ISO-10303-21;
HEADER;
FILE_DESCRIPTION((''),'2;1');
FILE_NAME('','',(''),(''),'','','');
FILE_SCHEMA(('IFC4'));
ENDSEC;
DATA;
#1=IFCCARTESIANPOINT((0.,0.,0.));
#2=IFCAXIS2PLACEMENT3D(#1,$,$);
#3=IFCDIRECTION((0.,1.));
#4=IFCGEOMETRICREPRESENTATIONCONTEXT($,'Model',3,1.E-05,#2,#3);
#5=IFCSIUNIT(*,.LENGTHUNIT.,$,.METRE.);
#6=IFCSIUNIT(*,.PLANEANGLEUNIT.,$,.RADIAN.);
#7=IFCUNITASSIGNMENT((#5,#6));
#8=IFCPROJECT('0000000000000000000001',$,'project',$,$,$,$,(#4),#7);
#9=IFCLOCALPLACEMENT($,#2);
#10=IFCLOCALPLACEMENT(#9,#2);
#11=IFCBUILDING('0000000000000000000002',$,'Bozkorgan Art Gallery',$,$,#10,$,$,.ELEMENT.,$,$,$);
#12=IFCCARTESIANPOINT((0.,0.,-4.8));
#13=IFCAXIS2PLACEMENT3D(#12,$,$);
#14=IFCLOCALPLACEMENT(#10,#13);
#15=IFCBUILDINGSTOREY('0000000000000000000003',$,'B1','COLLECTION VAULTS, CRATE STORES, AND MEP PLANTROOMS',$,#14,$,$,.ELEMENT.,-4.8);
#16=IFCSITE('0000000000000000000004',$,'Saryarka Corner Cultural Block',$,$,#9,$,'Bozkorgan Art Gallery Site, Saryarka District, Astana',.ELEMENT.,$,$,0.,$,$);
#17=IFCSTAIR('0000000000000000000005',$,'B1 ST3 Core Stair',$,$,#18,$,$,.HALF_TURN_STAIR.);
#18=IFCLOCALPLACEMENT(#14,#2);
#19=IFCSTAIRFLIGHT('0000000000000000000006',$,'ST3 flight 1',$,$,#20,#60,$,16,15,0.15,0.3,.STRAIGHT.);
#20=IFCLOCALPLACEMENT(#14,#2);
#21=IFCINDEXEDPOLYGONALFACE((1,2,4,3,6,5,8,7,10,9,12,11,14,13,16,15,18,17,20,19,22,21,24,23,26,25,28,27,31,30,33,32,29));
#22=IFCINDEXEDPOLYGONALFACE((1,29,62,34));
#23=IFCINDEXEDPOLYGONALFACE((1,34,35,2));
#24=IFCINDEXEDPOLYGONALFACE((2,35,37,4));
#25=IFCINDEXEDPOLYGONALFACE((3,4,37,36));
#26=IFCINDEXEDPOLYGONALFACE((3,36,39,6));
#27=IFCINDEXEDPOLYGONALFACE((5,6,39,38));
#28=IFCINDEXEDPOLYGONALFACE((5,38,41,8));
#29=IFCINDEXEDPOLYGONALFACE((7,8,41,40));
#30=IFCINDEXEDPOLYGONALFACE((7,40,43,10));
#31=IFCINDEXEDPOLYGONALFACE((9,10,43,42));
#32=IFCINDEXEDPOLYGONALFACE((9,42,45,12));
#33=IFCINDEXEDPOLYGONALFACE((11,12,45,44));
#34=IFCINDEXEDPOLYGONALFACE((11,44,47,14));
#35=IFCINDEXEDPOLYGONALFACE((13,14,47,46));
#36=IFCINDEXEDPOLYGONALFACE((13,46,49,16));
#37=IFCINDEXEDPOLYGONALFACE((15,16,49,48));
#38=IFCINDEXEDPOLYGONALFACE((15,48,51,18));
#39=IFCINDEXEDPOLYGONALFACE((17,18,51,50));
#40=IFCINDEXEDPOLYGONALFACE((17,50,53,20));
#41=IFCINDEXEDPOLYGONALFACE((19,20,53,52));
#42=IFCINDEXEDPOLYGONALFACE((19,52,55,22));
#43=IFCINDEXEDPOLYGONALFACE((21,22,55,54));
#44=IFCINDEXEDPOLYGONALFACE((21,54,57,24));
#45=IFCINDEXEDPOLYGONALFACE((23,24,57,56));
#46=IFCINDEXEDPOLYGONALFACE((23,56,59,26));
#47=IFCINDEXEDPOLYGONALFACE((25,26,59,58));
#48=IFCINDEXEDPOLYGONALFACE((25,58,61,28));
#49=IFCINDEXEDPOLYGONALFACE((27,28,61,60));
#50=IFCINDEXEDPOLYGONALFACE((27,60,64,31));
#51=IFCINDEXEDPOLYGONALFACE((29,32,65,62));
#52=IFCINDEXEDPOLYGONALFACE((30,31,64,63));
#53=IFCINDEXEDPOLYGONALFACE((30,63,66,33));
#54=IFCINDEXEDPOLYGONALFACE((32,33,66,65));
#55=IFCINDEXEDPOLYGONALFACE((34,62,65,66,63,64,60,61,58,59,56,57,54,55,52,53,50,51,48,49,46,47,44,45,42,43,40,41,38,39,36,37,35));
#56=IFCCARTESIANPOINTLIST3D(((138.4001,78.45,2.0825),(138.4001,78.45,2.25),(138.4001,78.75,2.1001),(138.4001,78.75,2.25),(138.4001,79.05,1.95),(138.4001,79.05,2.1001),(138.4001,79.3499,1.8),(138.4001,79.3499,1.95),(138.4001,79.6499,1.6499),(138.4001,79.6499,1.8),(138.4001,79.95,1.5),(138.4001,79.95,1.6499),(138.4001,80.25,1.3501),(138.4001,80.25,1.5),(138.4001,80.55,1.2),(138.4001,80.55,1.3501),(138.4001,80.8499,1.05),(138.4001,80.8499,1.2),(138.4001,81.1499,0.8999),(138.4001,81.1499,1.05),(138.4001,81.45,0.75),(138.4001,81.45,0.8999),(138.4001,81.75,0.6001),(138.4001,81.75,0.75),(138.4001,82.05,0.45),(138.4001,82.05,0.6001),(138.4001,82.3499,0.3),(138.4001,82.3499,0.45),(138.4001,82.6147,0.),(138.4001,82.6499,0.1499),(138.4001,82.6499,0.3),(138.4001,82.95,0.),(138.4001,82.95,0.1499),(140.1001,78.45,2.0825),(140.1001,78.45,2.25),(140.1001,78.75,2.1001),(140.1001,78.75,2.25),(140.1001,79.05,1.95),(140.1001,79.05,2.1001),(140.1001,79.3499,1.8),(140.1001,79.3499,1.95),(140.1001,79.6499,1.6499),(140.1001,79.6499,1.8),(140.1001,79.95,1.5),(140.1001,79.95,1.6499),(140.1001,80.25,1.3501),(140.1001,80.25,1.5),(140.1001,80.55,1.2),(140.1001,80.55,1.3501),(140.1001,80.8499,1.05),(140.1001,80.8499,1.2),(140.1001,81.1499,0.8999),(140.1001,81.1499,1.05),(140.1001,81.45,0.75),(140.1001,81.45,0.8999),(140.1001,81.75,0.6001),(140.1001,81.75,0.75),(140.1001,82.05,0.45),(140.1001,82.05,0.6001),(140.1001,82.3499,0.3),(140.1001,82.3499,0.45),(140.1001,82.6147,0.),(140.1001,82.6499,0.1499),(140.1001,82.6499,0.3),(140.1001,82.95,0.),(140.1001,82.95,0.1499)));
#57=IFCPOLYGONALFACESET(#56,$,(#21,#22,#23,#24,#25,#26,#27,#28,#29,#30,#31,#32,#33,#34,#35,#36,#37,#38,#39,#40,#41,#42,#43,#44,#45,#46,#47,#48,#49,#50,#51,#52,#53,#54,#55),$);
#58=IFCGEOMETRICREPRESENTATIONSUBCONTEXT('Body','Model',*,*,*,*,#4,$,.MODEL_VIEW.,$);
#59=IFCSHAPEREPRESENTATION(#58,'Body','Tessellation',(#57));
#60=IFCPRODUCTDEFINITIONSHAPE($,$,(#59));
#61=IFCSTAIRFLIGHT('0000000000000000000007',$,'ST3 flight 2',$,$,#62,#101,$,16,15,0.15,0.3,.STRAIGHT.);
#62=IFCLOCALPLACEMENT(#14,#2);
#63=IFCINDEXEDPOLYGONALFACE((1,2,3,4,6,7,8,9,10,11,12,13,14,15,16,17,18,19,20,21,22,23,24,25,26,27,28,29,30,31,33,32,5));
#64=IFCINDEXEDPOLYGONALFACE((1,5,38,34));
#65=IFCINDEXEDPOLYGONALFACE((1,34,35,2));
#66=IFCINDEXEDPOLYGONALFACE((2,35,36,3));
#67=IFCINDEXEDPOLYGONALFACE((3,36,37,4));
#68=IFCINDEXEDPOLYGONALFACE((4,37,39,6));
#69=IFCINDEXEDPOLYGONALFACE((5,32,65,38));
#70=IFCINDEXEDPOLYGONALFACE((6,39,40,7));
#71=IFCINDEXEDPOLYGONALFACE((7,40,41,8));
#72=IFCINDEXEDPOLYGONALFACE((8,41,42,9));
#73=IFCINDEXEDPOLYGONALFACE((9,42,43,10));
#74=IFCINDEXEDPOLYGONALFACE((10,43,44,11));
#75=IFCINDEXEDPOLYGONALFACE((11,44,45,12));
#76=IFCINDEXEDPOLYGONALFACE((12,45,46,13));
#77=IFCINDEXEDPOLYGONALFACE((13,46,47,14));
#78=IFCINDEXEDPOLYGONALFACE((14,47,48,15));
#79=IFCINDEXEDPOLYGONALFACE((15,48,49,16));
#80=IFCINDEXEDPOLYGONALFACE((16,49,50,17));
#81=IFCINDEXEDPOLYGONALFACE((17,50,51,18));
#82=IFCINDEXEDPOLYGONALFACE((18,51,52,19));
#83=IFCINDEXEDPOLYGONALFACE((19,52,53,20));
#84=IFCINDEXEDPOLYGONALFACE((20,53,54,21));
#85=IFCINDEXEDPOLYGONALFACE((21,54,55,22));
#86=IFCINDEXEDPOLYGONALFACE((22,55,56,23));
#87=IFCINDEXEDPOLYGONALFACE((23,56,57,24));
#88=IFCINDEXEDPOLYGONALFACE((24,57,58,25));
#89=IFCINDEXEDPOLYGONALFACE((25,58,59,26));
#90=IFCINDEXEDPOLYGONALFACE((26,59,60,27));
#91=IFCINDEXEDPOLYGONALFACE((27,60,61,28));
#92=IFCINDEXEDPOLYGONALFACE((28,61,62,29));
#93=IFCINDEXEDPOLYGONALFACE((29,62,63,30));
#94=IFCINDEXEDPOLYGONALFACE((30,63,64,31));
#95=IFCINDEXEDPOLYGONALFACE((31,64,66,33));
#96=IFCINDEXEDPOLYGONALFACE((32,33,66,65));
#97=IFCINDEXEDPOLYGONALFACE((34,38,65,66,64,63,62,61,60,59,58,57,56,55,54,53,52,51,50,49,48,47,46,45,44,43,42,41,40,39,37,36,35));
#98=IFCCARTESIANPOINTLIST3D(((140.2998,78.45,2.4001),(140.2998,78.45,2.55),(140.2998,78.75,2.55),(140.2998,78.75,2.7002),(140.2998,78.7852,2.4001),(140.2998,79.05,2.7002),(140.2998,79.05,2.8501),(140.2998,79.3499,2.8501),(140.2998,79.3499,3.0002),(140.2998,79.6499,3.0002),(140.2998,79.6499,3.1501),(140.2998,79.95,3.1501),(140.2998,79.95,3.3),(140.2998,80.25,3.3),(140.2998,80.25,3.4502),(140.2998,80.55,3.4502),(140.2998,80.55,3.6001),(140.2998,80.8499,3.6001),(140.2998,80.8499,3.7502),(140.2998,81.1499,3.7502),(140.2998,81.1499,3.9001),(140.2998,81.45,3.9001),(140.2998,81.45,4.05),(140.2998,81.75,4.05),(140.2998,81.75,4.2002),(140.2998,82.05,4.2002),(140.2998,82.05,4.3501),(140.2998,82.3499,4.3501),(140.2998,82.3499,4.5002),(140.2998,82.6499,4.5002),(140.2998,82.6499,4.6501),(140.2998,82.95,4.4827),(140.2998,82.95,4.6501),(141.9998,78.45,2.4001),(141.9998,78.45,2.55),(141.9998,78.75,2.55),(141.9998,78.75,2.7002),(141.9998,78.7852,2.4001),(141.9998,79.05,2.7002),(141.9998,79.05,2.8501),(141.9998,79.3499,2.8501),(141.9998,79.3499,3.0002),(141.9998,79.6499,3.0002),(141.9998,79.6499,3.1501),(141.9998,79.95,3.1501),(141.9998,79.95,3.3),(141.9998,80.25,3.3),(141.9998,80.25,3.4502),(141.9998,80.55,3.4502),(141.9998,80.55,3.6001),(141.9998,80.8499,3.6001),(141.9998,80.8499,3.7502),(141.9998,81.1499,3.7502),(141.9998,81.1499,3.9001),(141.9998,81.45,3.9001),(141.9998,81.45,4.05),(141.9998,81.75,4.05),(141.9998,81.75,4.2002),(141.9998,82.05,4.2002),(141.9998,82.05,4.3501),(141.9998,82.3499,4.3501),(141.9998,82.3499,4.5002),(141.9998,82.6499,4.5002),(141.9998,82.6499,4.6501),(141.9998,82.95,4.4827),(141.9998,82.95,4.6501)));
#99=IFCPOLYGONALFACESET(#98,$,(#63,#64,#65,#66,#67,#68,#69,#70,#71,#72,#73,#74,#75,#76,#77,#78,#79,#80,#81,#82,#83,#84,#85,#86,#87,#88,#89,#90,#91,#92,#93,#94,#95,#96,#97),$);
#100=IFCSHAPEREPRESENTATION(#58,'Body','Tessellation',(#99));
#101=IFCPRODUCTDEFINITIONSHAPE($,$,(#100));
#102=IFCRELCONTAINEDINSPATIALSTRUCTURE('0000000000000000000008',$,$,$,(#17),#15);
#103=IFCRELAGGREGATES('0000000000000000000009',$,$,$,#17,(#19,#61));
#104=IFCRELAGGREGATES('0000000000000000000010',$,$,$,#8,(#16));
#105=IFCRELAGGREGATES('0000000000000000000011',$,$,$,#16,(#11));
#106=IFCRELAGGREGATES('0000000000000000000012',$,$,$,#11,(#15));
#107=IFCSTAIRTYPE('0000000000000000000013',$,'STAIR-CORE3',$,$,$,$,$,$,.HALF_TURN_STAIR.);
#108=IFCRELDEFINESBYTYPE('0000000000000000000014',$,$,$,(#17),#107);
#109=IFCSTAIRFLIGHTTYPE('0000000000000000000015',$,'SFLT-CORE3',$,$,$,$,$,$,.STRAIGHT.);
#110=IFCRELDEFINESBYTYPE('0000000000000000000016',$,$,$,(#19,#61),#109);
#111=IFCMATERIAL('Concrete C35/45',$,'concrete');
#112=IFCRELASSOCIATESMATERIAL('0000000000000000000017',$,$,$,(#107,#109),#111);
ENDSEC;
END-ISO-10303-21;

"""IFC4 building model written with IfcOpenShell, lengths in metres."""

from ifc_helpers import new_model, si_unit, direction, frame, origin, place, context, subcontext, project, spatial, polyline, outline, extrude, material, type_object, element, aggregate, save


model = new_model("IFC4")

# Units and contexts
model_context = context("Model", 3, precision=1e-05, world=origin(), true_north=direction((0.0, 1.0)))
body_context = subcontext(model_context, "Body", "Model", "MODEL_VIEW")
ifc_project = project(units=[si_unit("LENGTHUNIT", "METRE"), si_unit("PLANEANGLEUNIT", "RADIAN")], contexts=[model_context])

# Site, building, storey
site_placement = place(None, origin())
site = spatial("IfcSite", under=ifc_project, at=site_placement, Name="Saryarka Corner Cultural Block", LongName="Bozkorgan Art Gallery Site, Saryarka District, Astana", CompositionType="ELEMENT", RefElevation=0.0)
building_placement = place(site_placement, origin())
building = spatial("IfcBuilding", under=site, at=building_placement, Name="Bozkorgan Art Gallery", CompositionType="ELEMENT")
storey_placement = place(building_placement, frame((0.0, 0.0, -4.8)))
storey = spatial("IfcBuildingStorey", under=building, at=storey_placement, Name="B1", Description="COLLECTION VAULTS, CRATE STORES, AND MEP PLANTROOMS", CompositionType="ELEMENT", Elevation=-4.8)

# Shared definitions
ifc_material_1 = material(Name="Concrete C35/45", Category="concrete")

# Stair, stair flights
stair_type = type_object("IfcStairType", Name="STAIR-CORE3", PredefinedType="HALF_TURN_STAIR", material=ifc_material_1)
stair_placement = place(storey_placement, origin())
stair = element("IfcStair", 1, at=stair_placement, inside=storey, type_object=stair_type, Name="B1 ST3 Core Stair", PredefinedType="HALF_TURN_STAIR")
stair_flight_type = type_object("IfcStairFlightType", Name="SFLT-CORE3", PredefinedType="STRAIGHT", material=ifc_material_1)
stair_flight_1_placement = place(storey_placement, frame((139.25, 82.95, 0.0), z_axis=(0.0, 0.0, 1.0), x_axis=(0.0, -1.0, 0.0)))
stair_flight_1 = element("IfcStairFlight", 2, at=stair_flight_1_placement, type_object=stair_flight_type, Name="ST3 flight 1", NumberOfRisers=16, NumberOfTreads=15, PredefinedType="STRAIGHT", RiserHeight=0.15, TreadLength=0.3, context=body_context, shape_type="SweptSolid", body=[
    extrude(outline(polyline([(0.0, 0.0), (0.0, 0.1499), (0.3, 0.1499), (0.3, 0.3), (0.6001, 0.3), (0.6001, 0.45), (0.8999, 0.45), (0.8999, 0.6001), (1.2, 0.6001), (1.2, 0.75), (1.5, 0.75), (1.5, 0.8999), (1.8, 0.8999), (1.8, 1.05), (2.1001, 1.05), (2.1001, 1.2), (2.3999, 1.2), (2.3999, 1.3501), (2.7, 1.3501), (2.7, 1.5), (3.0, 1.5), (3.0, 1.6499), (3.3, 1.6499), (3.3, 1.8), (3.6001, 1.8), (3.6001, 1.95), (3.8999, 1.95), (3.8999, 2.1001), (4.2, 2.1001), (4.2, 2.25), (4.5, 2.25), (4.5, 2.3999), (4.5, 2.0825), (0.3352, 0.0), (0.0, 0.0)])), frame((0.0, 0.8501, 0.0), z_axis=(0.0, -1.0, 0.0), x_axis=(1.0, 0.0, 0.0)), (0.0, 0.0, 1.0), 1.7),
])
stair_flight_2_placement = place(storey_placement, frame((141.1499, 78.45, 2.4001), z_axis=(0.0, 0.0, 1.0), x_axis=(0.0, 1.0, 0.0)))
stair_flight_2 = element("IfcStairFlight", 3, at=stair_flight_2_placement, type_object=stair_flight_type, Name="ST3 flight 2", NumberOfRisers=16, NumberOfTreads=15, PredefinedType="STRAIGHT", RiserHeight=0.15, TreadLength=0.3, context=body_context, shape_type="SweptSolid", body=[
    extrude(outline(polyline([(0.0, 0.0), (0.0, 0.1499), (0.3, 0.1499), (0.3, 0.3), (0.6001, 0.3), (0.6001, 0.45), (0.8999, 0.45), (0.8999, 0.6001), (1.2, 0.6001), (1.2, 0.75), (1.5, 0.75), (1.5, 0.8999), (1.8, 0.8999), (1.8, 1.05), (2.1001, 1.05), (2.1001, 1.2), (2.3999, 1.2), (2.3999, 1.3501), (2.7, 1.3501), (2.7, 1.5), (3.0, 1.5), (3.0, 1.6499), (3.3, 1.6499), (3.3, 1.8), (3.6001, 1.8), (3.6001, 1.95), (3.8999, 1.95), (3.8999, 2.1001), (4.2, 2.1001), (4.2, 2.25), (4.5, 2.25), (4.5, 2.3999), (4.5, 2.0825), (0.3352, 0.0), (0.0, 0.0)])), frame((0.0, 0.8501, 0.0), z_axis=(0.0, -1.0, 0.0), x_axis=(1.0, 0.0, 0.0)), (0.0, 0.0, 1.0), 1.7),
])
aggregate(stair, [stair_flight_1, stair_flight_2])

save(model, "model.ifc")
